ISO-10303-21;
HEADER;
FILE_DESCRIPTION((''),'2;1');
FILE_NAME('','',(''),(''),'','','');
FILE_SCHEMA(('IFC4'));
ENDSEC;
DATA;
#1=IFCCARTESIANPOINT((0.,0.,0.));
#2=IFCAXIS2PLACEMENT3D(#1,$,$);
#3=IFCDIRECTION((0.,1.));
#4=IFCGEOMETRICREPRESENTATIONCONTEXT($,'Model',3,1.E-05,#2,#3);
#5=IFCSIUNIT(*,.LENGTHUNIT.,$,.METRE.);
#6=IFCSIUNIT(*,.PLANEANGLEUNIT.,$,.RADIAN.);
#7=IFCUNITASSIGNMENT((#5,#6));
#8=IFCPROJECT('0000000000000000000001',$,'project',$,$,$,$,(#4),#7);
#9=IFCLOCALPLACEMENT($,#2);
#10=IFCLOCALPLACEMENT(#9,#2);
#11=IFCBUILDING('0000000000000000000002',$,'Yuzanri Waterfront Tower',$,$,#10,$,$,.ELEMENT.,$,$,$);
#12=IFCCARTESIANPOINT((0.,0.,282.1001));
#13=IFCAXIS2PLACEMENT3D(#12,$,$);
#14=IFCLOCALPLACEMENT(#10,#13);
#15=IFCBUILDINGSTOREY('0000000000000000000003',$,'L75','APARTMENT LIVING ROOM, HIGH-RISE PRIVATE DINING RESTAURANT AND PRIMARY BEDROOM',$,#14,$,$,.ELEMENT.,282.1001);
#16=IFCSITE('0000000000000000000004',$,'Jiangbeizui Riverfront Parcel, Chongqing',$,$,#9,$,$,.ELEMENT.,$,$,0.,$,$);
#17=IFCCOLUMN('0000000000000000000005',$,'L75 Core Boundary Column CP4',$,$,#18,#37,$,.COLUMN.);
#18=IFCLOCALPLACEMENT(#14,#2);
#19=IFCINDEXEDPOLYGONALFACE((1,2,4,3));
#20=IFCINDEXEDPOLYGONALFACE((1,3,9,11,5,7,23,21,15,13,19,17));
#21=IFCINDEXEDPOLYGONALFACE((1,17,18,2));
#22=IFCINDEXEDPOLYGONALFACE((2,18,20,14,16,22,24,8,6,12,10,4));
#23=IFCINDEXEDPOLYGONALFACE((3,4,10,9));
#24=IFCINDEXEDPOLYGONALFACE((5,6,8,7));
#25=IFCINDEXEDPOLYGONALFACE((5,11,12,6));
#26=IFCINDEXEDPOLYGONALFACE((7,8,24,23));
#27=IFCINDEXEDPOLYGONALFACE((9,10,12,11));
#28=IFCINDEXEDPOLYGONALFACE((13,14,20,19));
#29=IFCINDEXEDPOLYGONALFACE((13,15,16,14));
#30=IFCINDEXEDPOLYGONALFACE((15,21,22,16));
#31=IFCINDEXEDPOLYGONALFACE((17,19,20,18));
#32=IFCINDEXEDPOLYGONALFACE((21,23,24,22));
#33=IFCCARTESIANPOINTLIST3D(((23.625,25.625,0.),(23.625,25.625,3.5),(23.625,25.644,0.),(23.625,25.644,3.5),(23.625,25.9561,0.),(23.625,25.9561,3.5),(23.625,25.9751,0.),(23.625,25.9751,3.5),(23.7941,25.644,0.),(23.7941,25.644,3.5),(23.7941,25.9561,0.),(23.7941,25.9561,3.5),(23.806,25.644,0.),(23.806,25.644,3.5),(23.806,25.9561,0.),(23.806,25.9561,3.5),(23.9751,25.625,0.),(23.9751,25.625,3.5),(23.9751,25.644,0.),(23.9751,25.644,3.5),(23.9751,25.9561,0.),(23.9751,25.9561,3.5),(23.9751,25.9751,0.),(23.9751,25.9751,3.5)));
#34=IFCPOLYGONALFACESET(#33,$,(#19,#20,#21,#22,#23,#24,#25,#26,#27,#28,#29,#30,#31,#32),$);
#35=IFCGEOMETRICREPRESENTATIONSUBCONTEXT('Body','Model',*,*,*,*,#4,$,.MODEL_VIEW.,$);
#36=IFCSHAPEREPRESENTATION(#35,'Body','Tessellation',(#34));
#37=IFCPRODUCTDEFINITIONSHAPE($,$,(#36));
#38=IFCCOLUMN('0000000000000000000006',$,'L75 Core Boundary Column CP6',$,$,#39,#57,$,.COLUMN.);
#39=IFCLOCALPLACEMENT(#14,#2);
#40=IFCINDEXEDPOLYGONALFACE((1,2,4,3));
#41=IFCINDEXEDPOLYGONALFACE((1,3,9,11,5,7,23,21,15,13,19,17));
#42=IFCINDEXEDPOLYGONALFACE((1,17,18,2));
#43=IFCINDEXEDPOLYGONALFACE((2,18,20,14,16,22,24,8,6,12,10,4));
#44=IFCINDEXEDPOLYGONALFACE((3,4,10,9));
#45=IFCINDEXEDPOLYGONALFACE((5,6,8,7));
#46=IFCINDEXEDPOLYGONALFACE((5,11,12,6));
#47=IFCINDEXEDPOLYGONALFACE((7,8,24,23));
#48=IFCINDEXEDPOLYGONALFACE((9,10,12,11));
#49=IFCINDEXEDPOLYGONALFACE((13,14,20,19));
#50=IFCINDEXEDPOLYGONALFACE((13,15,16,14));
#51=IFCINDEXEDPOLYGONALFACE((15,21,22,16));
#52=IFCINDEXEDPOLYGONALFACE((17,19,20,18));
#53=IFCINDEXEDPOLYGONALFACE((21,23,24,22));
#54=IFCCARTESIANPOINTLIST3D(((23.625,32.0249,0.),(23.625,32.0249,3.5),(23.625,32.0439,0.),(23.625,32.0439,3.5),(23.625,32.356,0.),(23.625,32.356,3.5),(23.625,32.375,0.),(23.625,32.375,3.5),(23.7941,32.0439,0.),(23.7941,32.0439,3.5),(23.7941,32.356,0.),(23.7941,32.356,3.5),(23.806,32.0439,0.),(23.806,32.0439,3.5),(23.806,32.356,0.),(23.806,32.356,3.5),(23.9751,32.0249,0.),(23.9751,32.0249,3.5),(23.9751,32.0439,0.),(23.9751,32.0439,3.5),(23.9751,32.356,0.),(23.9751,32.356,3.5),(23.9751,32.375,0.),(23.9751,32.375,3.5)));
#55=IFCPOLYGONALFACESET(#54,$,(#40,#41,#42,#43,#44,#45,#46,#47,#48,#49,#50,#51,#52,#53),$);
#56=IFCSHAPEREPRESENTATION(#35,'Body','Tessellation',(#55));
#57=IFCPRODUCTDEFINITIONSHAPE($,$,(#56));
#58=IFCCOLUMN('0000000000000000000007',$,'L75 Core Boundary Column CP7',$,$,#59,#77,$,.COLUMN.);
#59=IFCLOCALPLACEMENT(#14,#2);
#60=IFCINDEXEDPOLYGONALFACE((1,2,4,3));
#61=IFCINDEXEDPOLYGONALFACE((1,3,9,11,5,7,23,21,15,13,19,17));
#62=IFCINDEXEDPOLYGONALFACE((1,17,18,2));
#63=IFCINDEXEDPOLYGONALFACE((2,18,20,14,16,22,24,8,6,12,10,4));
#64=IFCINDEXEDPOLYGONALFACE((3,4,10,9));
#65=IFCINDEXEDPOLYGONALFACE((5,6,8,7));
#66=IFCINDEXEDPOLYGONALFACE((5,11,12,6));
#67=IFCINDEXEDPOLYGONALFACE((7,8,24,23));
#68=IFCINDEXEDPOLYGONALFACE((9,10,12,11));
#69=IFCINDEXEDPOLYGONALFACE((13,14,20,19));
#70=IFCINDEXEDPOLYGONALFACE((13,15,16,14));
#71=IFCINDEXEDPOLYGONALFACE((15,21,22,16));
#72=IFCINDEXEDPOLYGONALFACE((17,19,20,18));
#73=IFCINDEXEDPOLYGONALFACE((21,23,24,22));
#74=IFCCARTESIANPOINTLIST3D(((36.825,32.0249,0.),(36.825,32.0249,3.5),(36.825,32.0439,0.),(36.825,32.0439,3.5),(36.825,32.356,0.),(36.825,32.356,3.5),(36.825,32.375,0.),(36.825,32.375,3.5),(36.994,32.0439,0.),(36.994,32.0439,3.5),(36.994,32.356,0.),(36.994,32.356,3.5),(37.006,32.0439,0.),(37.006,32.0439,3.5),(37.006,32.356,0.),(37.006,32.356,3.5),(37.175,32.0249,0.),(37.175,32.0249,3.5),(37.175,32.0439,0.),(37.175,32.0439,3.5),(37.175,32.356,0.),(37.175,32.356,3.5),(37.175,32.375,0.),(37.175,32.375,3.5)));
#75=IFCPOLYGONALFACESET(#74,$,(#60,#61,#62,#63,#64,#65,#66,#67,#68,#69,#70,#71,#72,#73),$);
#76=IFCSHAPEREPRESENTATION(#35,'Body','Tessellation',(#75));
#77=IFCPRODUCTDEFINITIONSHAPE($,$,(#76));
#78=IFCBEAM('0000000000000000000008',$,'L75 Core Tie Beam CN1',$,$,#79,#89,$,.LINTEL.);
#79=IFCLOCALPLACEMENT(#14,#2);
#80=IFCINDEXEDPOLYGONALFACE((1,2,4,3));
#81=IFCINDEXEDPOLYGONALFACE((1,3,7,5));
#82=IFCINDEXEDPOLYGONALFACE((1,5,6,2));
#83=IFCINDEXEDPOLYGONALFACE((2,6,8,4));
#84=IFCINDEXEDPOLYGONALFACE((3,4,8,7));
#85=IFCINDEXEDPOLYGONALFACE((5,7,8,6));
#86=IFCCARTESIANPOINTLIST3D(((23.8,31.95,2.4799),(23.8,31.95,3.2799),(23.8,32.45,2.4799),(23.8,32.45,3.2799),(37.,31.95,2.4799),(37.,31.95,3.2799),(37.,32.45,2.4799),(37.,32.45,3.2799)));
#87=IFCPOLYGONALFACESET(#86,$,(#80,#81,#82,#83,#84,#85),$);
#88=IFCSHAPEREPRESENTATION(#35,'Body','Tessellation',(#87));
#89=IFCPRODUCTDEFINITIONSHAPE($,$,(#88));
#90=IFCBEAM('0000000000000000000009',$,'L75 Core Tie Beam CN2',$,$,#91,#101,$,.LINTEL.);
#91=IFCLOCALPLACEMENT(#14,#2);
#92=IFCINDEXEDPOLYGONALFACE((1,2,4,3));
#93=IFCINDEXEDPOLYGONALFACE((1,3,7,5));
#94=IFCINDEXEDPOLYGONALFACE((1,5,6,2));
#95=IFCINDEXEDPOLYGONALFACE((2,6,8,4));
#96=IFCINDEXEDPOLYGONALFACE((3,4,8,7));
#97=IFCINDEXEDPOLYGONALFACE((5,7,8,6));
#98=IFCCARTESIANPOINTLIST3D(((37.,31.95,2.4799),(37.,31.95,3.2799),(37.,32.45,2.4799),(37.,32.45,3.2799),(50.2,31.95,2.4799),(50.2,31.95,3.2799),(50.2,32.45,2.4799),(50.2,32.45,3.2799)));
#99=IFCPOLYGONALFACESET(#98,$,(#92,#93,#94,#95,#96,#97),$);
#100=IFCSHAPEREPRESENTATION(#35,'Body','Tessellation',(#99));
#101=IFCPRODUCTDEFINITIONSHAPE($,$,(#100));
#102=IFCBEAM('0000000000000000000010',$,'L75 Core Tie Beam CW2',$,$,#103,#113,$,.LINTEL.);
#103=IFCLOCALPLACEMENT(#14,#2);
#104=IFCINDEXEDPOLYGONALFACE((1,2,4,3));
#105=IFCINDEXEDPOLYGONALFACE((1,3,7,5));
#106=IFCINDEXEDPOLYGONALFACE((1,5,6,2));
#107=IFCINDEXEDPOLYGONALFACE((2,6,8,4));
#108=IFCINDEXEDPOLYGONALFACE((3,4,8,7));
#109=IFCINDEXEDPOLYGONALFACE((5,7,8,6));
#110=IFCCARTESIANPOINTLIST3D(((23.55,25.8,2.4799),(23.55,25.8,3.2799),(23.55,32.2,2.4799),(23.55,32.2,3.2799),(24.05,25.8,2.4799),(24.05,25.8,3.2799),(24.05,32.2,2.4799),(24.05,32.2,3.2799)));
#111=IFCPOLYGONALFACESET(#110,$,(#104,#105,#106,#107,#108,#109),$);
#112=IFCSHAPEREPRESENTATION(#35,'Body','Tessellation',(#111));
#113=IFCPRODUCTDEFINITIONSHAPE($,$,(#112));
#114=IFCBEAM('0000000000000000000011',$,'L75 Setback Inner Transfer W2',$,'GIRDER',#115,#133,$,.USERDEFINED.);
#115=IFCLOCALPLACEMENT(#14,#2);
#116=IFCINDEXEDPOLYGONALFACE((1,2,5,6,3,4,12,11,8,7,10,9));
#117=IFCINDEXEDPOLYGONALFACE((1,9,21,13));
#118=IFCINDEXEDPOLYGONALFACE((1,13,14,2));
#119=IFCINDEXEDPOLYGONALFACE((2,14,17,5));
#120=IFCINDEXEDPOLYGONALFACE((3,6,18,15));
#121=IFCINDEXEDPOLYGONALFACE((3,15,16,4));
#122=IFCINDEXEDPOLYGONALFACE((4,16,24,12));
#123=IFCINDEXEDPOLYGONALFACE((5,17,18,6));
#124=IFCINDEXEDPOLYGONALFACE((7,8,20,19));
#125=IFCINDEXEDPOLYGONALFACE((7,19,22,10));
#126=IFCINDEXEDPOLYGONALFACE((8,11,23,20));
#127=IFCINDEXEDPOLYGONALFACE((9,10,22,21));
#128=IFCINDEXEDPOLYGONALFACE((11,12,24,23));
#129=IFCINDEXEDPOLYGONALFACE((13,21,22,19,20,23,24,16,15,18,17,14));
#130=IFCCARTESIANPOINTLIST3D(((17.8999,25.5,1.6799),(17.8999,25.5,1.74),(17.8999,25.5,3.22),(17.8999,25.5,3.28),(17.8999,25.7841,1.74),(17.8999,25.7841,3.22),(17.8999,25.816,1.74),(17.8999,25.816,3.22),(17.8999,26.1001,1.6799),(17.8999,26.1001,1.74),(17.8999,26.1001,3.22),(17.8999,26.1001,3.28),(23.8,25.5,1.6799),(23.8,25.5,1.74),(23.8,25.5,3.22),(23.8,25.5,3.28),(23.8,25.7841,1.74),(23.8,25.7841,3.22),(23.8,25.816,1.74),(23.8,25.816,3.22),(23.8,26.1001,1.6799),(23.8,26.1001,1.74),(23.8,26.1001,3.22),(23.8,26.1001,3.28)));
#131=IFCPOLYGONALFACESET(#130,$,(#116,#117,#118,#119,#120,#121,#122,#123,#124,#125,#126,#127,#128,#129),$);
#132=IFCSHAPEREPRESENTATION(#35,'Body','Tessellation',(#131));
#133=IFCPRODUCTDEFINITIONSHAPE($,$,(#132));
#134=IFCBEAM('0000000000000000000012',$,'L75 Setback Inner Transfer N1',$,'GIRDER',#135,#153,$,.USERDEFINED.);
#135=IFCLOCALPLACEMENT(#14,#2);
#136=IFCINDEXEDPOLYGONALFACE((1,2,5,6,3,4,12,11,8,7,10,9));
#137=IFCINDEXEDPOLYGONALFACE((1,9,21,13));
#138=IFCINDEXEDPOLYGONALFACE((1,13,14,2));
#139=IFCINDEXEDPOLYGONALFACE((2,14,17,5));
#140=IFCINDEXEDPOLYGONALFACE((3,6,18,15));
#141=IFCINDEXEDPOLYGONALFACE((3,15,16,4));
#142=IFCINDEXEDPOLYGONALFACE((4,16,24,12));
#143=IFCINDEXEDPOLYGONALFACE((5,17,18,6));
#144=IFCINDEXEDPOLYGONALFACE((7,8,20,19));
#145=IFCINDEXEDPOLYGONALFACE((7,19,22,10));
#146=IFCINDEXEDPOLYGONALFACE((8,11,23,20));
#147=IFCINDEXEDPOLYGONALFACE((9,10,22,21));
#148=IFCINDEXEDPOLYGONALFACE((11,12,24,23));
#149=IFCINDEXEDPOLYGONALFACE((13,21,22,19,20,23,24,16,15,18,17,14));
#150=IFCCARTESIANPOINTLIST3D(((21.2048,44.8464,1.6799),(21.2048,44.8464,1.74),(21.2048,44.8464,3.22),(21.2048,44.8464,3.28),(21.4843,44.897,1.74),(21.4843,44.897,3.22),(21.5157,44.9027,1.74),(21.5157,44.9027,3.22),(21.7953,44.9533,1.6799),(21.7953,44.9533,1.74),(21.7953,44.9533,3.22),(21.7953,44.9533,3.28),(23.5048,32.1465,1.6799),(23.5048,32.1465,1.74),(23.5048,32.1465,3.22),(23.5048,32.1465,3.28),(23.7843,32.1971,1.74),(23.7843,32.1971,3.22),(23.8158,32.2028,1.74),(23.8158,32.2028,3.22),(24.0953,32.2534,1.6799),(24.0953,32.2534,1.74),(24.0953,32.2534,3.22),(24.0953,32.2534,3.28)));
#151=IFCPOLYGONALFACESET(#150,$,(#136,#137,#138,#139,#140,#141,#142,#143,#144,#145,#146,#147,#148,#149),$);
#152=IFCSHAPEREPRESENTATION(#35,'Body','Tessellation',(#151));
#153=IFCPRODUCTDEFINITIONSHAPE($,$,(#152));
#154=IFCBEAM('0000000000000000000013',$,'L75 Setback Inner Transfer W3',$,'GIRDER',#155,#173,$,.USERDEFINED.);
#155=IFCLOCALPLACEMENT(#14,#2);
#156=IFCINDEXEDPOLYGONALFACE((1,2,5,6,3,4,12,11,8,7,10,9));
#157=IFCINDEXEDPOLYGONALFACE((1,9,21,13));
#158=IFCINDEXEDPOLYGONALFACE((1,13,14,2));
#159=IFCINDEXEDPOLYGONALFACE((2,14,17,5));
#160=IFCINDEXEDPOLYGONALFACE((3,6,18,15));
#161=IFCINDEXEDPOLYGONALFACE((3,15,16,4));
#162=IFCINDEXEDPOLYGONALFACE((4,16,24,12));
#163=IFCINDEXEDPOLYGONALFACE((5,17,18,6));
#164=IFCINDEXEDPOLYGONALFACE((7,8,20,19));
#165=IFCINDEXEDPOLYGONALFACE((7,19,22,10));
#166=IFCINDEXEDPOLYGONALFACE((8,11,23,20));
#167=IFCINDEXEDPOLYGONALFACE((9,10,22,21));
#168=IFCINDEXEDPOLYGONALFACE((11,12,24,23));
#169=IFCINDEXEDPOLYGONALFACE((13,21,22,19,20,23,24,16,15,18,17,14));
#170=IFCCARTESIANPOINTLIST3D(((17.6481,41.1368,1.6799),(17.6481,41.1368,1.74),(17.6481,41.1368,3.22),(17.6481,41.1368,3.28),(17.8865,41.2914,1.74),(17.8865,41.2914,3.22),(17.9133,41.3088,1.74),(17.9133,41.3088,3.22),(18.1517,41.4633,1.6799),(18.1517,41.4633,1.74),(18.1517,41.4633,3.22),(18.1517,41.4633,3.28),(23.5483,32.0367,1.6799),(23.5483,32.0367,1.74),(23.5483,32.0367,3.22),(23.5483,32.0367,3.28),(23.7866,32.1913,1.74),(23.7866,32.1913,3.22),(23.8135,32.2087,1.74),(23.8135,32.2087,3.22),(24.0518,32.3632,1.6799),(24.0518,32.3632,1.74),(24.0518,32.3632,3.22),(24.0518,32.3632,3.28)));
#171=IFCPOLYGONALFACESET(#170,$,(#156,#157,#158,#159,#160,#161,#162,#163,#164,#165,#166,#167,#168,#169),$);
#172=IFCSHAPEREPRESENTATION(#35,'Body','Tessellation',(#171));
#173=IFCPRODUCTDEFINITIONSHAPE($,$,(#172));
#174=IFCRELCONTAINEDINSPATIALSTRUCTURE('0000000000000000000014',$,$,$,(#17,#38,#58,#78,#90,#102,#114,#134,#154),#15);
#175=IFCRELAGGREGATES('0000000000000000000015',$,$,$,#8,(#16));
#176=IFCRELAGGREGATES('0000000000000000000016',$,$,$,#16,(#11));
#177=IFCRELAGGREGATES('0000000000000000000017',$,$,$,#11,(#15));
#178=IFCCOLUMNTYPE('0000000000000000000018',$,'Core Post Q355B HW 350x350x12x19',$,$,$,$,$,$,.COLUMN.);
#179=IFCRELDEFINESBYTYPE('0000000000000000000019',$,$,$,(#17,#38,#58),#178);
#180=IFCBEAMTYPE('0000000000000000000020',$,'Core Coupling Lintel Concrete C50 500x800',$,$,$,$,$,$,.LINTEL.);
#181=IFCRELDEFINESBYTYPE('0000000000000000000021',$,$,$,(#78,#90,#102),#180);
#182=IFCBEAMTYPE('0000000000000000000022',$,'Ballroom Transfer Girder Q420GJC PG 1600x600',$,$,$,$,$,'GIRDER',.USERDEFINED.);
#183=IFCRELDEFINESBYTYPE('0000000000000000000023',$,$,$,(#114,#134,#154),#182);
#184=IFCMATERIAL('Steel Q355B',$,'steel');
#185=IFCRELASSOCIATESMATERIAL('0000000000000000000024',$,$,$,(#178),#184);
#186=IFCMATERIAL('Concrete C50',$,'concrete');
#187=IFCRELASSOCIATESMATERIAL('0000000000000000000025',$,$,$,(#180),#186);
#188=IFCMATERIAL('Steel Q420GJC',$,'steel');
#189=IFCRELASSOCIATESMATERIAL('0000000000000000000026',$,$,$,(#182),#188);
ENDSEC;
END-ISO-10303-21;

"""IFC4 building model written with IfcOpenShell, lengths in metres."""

from ifc_helpers import new_model, si_unit, direction, frame, origin, origin_2d, place, context, subcontext, project, spatial, rectangle, i_section, extrude, source, transform, mapped, material, material_profile, profile_set, type_object, element, save


model = new_model("IFC4")

# Units and contexts
model_context = context("Model", 3, precision=1e-05, world=origin(), true_north=direction((0.0, 1.0)))
body_context = subcontext(model_context, "Body", "Model", "MODEL_VIEW")
ifc_project = project(units=[si_unit("LENGTHUNIT", "METRE"), si_unit("PLANEANGLEUNIT", "RADIAN")], contexts=[model_context])

# Site, building, storey
site_placement = place(None, origin())
site = spatial("IfcSite", under=ifc_project, at=site_placement, Name="Jiangbeizui Riverfront Parcel, Chongqing", CompositionType="ELEMENT", RefElevation=0.0)
building_placement = place(site_placement, origin())
building = spatial("IfcBuilding", under=site, at=building_placement, Name="Yuzanri Waterfront Tower", CompositionType="ELEMENT")
storey_placement = place(building_placement, frame((0.0, 0.0, 282.1001)))
storey = spatial("IfcBuildingStorey", under=building, at=storey_placement, Name="L75", Description="APARTMENT LIVING ROOM, HIGH-RISE PRIVATE DINING RESTAURANT AND PRIMARY BEDROOM", CompositionType="ELEMENT", Elevation=282.1001)

# Columns
ifc_material_1 = material(Name="Steel Q355B", Category="steel")
ifc_material_profile_1 = material_profile(ifc_material_1, i_section(OverallWidth=0.3501, OverallDepth=0.3501, WebThickness=0.012, FlangeThickness=0.019, at=origin_2d()), Name="HW 350x350x12x19")
ifc_profile_set_1 = profile_set([ifc_material_profile_1], Name="Steel Q355B")
column_type = type_object("IfcColumnType", Name="Core Post Q355B HW 350x350x12x19", PredefinedType="COLUMN", material=ifc_profile_set_1)
shared_shape_1 = source(origin(), body_context, "Body", "SweptSolid", [
    extrude(i_section(OverallWidth=0.3501, OverallDepth=0.3501, WebThickness=0.012, FlangeThickness=0.019, at=origin_2d()), origin(), (0.0, 0.0, 1.0), 3.5),
])
for number, where, z_axis, x_axis, name in (
    (1, (23.8, 25.8, 0.0), (0.0, 0.0, 1.0), (1.0, 0.0, 0.0), "L75 Core Boundary Column CP4"),
    (2, (23.8, 32.2, 0.0), (0.0, 0.0, 1.0), (1.0, 0.0, 0.0), "L75 Core Boundary Column CP6"),
    (3, (37.0, 32.2, 0.0), (0.0, 0.0, 1.0), (1.0, 0.0, 0.0), "L75 Core Boundary Column CP7"),
):
    element("IfcColumn", number, at=place(storey_placement, frame(where, z_axis=z_axis, x_axis=x_axis)), inside=storey, type_object=column_type, Name=name, PredefinedType="COLUMN", context=body_context, shape_type="MappedRepresentation", body=[
        mapped(shared_shape_1, transform((0.0, 0.0, 0.0), scale=1.0)),
    ])

# Beams
ifc_material_2 = material(Name="Concrete C50", Category="concrete")
ifc_material_profile_2 = material_profile(ifc_material_2, rectangle(XDim=0.5, YDim=0.8, at=origin_2d()), Name="RC 500x800")
ifc_profile_set_2 = profile_set([ifc_material_profile_2], Name="Concrete C50")
beam_type_1 = type_object("IfcBeamType", Name="Core Coupling Lintel Concrete C50 500x800", PredefinedType="LINTEL", material=ifc_profile_set_2)
shared_shape_2 = source(origin(), body_context, "Body", "SweptSolid", [
    extrude(rectangle(XDim=0.5, YDim=0.8, at=origin_2d()), origin(), (0.0, 0.0, 1.0), 13.2),
])
for number, where, z_axis, x_axis, name in (
    (4, (23.8, 32.2, 2.8799), (1.0, 0.0, 0.0), (0.0, 1.0, 0.0), "L75 Core Tie Beam CN1"),
    (5, (37.0, 32.2, 2.8799), (1.0, 0.0, 0.0), (0.0, 1.0, 0.0), "L75 Core Tie Beam CN2"),
):
    element("IfcBeam", number, at=place(storey_placement, frame(where, z_axis=z_axis, x_axis=x_axis)), inside=storey, type_object=beam_type_1, Name=name, PredefinedType="LINTEL", context=body_context, shape_type="MappedRepresentation", body=[
        mapped(shared_shape_2, transform((0.0, 0.0, 0.0), scale=1.0)),
    ])
shared_shape_3 = source(origin(), body_context, "Body", "SweptSolid", [
    extrude(rectangle(XDim=0.5, YDim=0.8, at=origin_2d()), origin(), (0.0, 0.0, 1.0), 6.3999),
])
beam_1_placement = place(storey_placement, frame((23.8, 25.8, 2.8799), z_axis=(0.0, 1.0, 0.0), x_axis=(-1.0, 0.0, 0.0)))
element("IfcBeam", 6, at=beam_1_placement, inside=storey, type_object=beam_type_1, Name="L75 Core Tie Beam CW2", PredefinedType="LINTEL", context=body_context, shape_type="MappedRepresentation", body=[
    mapped(shared_shape_3, transform((0.0, 0.0, 0.0), scale=1.0)),
])
ifc_material_3 = material(Name="Steel Q420GJC", Category="steel")
ifc_material_profile_3 = material_profile(ifc_material_3, i_section(OverallWidth=0.6001, OverallDepth=1.6001, WebThickness=0.032, FlangeThickness=0.0601, at=origin_2d()), Name="PG 1600x600x32x60")
ifc_profile_set_3 = profile_set([ifc_material_profile_3], Name="Steel Q420GJC")
beam_type_2 = type_object("IfcBeamType", Name="Ballroom Transfer Girder Q420GJC PG 1600x600", ElementType="GIRDER", PredefinedType="USERDEFINED", material=ifc_profile_set_3)
shared_shape_4 = source(origin(), body_context, "Body", "SweptSolid", [
    extrude(i_section(OverallWidth=0.6001, OverallDepth=1.6001, WebThickness=0.032, FlangeThickness=0.0601, at=origin_2d()), origin(), (0.0, 0.0, 1.0), 5.9001),
])
beam_2_placement = place(storey_placement, frame((23.8, 25.8, 2.48), z_axis=(-1.0, 0.0, 0.0), x_axis=(0.0, -1.0, 0.0)))
element("IfcBeam", 7, at=beam_2_placement, inside=storey, type_object=beam_type_2, Name="L75 Setback Inner Transfer W2", ObjectType="GIRDER", PredefinedType="USERDEFINED", context=body_context, shape_type="MappedRepresentation", body=[
    mapped(shared_shape_4, transform((0.0, 0.0, 0.0), scale=1.0)),
])
shared_shape_5 = source(origin(), body_context, "Body", "SweptSolid", [
    extrude(i_section(OverallWidth=0.6001, OverallDepth=1.6001, WebThickness=0.032, FlangeThickness=0.0601, at=origin_2d()), origin(), (0.0, 0.0, 1.0), 12.9065),
])
beam_3_placement = place(storey_placement, frame((23.8, 32.2, 2.48), z_axis=(-0.178208, 0.983993, 0.0), x_axis=(-0.983993, -0.178208, 0.0)))
element("IfcBeam", 8, at=beam_3_placement, inside=storey, type_object=beam_type_2, Name="L75 Setback Inner Transfer N1", ObjectType="GIRDER", PredefinedType="USERDEFINED", context=body_context, shape_type="MappedRepresentation", body=[
    mapped(shared_shape_5, transform((0.0, 0.0, 0.0), scale=1.0)),
])
shared_shape_6 = source(origin(), body_context, "Body", "SweptSolid", [
    extrude(i_section(OverallWidth=0.6001, OverallDepth=1.6001, WebThickness=0.032, FlangeThickness=0.0601, at=origin_2d()), origin(), (0.0, 0.0, 1.0), 10.8455),
])
beam_4_placement = place(storey_placement, frame((23.8, 32.2, 2.48), z_axis=(-0.544021, 0.839072, 0.0), x_axis=(-0.839072, -0.544021, 0.0)))
element("IfcBeam", 9, at=beam_4_placement, inside=storey, type_object=beam_type_2, Name="L75 Setback Inner Transfer W3", ObjectType="GIRDER", PredefinedType="USERDEFINED", context=body_context, shape_type="MappedRepresentation", body=[
    mapped(shared_shape_6, transform((0.0, 0.0, 0.0), scale=1.0)),
])

save(model, "model.ifc")
